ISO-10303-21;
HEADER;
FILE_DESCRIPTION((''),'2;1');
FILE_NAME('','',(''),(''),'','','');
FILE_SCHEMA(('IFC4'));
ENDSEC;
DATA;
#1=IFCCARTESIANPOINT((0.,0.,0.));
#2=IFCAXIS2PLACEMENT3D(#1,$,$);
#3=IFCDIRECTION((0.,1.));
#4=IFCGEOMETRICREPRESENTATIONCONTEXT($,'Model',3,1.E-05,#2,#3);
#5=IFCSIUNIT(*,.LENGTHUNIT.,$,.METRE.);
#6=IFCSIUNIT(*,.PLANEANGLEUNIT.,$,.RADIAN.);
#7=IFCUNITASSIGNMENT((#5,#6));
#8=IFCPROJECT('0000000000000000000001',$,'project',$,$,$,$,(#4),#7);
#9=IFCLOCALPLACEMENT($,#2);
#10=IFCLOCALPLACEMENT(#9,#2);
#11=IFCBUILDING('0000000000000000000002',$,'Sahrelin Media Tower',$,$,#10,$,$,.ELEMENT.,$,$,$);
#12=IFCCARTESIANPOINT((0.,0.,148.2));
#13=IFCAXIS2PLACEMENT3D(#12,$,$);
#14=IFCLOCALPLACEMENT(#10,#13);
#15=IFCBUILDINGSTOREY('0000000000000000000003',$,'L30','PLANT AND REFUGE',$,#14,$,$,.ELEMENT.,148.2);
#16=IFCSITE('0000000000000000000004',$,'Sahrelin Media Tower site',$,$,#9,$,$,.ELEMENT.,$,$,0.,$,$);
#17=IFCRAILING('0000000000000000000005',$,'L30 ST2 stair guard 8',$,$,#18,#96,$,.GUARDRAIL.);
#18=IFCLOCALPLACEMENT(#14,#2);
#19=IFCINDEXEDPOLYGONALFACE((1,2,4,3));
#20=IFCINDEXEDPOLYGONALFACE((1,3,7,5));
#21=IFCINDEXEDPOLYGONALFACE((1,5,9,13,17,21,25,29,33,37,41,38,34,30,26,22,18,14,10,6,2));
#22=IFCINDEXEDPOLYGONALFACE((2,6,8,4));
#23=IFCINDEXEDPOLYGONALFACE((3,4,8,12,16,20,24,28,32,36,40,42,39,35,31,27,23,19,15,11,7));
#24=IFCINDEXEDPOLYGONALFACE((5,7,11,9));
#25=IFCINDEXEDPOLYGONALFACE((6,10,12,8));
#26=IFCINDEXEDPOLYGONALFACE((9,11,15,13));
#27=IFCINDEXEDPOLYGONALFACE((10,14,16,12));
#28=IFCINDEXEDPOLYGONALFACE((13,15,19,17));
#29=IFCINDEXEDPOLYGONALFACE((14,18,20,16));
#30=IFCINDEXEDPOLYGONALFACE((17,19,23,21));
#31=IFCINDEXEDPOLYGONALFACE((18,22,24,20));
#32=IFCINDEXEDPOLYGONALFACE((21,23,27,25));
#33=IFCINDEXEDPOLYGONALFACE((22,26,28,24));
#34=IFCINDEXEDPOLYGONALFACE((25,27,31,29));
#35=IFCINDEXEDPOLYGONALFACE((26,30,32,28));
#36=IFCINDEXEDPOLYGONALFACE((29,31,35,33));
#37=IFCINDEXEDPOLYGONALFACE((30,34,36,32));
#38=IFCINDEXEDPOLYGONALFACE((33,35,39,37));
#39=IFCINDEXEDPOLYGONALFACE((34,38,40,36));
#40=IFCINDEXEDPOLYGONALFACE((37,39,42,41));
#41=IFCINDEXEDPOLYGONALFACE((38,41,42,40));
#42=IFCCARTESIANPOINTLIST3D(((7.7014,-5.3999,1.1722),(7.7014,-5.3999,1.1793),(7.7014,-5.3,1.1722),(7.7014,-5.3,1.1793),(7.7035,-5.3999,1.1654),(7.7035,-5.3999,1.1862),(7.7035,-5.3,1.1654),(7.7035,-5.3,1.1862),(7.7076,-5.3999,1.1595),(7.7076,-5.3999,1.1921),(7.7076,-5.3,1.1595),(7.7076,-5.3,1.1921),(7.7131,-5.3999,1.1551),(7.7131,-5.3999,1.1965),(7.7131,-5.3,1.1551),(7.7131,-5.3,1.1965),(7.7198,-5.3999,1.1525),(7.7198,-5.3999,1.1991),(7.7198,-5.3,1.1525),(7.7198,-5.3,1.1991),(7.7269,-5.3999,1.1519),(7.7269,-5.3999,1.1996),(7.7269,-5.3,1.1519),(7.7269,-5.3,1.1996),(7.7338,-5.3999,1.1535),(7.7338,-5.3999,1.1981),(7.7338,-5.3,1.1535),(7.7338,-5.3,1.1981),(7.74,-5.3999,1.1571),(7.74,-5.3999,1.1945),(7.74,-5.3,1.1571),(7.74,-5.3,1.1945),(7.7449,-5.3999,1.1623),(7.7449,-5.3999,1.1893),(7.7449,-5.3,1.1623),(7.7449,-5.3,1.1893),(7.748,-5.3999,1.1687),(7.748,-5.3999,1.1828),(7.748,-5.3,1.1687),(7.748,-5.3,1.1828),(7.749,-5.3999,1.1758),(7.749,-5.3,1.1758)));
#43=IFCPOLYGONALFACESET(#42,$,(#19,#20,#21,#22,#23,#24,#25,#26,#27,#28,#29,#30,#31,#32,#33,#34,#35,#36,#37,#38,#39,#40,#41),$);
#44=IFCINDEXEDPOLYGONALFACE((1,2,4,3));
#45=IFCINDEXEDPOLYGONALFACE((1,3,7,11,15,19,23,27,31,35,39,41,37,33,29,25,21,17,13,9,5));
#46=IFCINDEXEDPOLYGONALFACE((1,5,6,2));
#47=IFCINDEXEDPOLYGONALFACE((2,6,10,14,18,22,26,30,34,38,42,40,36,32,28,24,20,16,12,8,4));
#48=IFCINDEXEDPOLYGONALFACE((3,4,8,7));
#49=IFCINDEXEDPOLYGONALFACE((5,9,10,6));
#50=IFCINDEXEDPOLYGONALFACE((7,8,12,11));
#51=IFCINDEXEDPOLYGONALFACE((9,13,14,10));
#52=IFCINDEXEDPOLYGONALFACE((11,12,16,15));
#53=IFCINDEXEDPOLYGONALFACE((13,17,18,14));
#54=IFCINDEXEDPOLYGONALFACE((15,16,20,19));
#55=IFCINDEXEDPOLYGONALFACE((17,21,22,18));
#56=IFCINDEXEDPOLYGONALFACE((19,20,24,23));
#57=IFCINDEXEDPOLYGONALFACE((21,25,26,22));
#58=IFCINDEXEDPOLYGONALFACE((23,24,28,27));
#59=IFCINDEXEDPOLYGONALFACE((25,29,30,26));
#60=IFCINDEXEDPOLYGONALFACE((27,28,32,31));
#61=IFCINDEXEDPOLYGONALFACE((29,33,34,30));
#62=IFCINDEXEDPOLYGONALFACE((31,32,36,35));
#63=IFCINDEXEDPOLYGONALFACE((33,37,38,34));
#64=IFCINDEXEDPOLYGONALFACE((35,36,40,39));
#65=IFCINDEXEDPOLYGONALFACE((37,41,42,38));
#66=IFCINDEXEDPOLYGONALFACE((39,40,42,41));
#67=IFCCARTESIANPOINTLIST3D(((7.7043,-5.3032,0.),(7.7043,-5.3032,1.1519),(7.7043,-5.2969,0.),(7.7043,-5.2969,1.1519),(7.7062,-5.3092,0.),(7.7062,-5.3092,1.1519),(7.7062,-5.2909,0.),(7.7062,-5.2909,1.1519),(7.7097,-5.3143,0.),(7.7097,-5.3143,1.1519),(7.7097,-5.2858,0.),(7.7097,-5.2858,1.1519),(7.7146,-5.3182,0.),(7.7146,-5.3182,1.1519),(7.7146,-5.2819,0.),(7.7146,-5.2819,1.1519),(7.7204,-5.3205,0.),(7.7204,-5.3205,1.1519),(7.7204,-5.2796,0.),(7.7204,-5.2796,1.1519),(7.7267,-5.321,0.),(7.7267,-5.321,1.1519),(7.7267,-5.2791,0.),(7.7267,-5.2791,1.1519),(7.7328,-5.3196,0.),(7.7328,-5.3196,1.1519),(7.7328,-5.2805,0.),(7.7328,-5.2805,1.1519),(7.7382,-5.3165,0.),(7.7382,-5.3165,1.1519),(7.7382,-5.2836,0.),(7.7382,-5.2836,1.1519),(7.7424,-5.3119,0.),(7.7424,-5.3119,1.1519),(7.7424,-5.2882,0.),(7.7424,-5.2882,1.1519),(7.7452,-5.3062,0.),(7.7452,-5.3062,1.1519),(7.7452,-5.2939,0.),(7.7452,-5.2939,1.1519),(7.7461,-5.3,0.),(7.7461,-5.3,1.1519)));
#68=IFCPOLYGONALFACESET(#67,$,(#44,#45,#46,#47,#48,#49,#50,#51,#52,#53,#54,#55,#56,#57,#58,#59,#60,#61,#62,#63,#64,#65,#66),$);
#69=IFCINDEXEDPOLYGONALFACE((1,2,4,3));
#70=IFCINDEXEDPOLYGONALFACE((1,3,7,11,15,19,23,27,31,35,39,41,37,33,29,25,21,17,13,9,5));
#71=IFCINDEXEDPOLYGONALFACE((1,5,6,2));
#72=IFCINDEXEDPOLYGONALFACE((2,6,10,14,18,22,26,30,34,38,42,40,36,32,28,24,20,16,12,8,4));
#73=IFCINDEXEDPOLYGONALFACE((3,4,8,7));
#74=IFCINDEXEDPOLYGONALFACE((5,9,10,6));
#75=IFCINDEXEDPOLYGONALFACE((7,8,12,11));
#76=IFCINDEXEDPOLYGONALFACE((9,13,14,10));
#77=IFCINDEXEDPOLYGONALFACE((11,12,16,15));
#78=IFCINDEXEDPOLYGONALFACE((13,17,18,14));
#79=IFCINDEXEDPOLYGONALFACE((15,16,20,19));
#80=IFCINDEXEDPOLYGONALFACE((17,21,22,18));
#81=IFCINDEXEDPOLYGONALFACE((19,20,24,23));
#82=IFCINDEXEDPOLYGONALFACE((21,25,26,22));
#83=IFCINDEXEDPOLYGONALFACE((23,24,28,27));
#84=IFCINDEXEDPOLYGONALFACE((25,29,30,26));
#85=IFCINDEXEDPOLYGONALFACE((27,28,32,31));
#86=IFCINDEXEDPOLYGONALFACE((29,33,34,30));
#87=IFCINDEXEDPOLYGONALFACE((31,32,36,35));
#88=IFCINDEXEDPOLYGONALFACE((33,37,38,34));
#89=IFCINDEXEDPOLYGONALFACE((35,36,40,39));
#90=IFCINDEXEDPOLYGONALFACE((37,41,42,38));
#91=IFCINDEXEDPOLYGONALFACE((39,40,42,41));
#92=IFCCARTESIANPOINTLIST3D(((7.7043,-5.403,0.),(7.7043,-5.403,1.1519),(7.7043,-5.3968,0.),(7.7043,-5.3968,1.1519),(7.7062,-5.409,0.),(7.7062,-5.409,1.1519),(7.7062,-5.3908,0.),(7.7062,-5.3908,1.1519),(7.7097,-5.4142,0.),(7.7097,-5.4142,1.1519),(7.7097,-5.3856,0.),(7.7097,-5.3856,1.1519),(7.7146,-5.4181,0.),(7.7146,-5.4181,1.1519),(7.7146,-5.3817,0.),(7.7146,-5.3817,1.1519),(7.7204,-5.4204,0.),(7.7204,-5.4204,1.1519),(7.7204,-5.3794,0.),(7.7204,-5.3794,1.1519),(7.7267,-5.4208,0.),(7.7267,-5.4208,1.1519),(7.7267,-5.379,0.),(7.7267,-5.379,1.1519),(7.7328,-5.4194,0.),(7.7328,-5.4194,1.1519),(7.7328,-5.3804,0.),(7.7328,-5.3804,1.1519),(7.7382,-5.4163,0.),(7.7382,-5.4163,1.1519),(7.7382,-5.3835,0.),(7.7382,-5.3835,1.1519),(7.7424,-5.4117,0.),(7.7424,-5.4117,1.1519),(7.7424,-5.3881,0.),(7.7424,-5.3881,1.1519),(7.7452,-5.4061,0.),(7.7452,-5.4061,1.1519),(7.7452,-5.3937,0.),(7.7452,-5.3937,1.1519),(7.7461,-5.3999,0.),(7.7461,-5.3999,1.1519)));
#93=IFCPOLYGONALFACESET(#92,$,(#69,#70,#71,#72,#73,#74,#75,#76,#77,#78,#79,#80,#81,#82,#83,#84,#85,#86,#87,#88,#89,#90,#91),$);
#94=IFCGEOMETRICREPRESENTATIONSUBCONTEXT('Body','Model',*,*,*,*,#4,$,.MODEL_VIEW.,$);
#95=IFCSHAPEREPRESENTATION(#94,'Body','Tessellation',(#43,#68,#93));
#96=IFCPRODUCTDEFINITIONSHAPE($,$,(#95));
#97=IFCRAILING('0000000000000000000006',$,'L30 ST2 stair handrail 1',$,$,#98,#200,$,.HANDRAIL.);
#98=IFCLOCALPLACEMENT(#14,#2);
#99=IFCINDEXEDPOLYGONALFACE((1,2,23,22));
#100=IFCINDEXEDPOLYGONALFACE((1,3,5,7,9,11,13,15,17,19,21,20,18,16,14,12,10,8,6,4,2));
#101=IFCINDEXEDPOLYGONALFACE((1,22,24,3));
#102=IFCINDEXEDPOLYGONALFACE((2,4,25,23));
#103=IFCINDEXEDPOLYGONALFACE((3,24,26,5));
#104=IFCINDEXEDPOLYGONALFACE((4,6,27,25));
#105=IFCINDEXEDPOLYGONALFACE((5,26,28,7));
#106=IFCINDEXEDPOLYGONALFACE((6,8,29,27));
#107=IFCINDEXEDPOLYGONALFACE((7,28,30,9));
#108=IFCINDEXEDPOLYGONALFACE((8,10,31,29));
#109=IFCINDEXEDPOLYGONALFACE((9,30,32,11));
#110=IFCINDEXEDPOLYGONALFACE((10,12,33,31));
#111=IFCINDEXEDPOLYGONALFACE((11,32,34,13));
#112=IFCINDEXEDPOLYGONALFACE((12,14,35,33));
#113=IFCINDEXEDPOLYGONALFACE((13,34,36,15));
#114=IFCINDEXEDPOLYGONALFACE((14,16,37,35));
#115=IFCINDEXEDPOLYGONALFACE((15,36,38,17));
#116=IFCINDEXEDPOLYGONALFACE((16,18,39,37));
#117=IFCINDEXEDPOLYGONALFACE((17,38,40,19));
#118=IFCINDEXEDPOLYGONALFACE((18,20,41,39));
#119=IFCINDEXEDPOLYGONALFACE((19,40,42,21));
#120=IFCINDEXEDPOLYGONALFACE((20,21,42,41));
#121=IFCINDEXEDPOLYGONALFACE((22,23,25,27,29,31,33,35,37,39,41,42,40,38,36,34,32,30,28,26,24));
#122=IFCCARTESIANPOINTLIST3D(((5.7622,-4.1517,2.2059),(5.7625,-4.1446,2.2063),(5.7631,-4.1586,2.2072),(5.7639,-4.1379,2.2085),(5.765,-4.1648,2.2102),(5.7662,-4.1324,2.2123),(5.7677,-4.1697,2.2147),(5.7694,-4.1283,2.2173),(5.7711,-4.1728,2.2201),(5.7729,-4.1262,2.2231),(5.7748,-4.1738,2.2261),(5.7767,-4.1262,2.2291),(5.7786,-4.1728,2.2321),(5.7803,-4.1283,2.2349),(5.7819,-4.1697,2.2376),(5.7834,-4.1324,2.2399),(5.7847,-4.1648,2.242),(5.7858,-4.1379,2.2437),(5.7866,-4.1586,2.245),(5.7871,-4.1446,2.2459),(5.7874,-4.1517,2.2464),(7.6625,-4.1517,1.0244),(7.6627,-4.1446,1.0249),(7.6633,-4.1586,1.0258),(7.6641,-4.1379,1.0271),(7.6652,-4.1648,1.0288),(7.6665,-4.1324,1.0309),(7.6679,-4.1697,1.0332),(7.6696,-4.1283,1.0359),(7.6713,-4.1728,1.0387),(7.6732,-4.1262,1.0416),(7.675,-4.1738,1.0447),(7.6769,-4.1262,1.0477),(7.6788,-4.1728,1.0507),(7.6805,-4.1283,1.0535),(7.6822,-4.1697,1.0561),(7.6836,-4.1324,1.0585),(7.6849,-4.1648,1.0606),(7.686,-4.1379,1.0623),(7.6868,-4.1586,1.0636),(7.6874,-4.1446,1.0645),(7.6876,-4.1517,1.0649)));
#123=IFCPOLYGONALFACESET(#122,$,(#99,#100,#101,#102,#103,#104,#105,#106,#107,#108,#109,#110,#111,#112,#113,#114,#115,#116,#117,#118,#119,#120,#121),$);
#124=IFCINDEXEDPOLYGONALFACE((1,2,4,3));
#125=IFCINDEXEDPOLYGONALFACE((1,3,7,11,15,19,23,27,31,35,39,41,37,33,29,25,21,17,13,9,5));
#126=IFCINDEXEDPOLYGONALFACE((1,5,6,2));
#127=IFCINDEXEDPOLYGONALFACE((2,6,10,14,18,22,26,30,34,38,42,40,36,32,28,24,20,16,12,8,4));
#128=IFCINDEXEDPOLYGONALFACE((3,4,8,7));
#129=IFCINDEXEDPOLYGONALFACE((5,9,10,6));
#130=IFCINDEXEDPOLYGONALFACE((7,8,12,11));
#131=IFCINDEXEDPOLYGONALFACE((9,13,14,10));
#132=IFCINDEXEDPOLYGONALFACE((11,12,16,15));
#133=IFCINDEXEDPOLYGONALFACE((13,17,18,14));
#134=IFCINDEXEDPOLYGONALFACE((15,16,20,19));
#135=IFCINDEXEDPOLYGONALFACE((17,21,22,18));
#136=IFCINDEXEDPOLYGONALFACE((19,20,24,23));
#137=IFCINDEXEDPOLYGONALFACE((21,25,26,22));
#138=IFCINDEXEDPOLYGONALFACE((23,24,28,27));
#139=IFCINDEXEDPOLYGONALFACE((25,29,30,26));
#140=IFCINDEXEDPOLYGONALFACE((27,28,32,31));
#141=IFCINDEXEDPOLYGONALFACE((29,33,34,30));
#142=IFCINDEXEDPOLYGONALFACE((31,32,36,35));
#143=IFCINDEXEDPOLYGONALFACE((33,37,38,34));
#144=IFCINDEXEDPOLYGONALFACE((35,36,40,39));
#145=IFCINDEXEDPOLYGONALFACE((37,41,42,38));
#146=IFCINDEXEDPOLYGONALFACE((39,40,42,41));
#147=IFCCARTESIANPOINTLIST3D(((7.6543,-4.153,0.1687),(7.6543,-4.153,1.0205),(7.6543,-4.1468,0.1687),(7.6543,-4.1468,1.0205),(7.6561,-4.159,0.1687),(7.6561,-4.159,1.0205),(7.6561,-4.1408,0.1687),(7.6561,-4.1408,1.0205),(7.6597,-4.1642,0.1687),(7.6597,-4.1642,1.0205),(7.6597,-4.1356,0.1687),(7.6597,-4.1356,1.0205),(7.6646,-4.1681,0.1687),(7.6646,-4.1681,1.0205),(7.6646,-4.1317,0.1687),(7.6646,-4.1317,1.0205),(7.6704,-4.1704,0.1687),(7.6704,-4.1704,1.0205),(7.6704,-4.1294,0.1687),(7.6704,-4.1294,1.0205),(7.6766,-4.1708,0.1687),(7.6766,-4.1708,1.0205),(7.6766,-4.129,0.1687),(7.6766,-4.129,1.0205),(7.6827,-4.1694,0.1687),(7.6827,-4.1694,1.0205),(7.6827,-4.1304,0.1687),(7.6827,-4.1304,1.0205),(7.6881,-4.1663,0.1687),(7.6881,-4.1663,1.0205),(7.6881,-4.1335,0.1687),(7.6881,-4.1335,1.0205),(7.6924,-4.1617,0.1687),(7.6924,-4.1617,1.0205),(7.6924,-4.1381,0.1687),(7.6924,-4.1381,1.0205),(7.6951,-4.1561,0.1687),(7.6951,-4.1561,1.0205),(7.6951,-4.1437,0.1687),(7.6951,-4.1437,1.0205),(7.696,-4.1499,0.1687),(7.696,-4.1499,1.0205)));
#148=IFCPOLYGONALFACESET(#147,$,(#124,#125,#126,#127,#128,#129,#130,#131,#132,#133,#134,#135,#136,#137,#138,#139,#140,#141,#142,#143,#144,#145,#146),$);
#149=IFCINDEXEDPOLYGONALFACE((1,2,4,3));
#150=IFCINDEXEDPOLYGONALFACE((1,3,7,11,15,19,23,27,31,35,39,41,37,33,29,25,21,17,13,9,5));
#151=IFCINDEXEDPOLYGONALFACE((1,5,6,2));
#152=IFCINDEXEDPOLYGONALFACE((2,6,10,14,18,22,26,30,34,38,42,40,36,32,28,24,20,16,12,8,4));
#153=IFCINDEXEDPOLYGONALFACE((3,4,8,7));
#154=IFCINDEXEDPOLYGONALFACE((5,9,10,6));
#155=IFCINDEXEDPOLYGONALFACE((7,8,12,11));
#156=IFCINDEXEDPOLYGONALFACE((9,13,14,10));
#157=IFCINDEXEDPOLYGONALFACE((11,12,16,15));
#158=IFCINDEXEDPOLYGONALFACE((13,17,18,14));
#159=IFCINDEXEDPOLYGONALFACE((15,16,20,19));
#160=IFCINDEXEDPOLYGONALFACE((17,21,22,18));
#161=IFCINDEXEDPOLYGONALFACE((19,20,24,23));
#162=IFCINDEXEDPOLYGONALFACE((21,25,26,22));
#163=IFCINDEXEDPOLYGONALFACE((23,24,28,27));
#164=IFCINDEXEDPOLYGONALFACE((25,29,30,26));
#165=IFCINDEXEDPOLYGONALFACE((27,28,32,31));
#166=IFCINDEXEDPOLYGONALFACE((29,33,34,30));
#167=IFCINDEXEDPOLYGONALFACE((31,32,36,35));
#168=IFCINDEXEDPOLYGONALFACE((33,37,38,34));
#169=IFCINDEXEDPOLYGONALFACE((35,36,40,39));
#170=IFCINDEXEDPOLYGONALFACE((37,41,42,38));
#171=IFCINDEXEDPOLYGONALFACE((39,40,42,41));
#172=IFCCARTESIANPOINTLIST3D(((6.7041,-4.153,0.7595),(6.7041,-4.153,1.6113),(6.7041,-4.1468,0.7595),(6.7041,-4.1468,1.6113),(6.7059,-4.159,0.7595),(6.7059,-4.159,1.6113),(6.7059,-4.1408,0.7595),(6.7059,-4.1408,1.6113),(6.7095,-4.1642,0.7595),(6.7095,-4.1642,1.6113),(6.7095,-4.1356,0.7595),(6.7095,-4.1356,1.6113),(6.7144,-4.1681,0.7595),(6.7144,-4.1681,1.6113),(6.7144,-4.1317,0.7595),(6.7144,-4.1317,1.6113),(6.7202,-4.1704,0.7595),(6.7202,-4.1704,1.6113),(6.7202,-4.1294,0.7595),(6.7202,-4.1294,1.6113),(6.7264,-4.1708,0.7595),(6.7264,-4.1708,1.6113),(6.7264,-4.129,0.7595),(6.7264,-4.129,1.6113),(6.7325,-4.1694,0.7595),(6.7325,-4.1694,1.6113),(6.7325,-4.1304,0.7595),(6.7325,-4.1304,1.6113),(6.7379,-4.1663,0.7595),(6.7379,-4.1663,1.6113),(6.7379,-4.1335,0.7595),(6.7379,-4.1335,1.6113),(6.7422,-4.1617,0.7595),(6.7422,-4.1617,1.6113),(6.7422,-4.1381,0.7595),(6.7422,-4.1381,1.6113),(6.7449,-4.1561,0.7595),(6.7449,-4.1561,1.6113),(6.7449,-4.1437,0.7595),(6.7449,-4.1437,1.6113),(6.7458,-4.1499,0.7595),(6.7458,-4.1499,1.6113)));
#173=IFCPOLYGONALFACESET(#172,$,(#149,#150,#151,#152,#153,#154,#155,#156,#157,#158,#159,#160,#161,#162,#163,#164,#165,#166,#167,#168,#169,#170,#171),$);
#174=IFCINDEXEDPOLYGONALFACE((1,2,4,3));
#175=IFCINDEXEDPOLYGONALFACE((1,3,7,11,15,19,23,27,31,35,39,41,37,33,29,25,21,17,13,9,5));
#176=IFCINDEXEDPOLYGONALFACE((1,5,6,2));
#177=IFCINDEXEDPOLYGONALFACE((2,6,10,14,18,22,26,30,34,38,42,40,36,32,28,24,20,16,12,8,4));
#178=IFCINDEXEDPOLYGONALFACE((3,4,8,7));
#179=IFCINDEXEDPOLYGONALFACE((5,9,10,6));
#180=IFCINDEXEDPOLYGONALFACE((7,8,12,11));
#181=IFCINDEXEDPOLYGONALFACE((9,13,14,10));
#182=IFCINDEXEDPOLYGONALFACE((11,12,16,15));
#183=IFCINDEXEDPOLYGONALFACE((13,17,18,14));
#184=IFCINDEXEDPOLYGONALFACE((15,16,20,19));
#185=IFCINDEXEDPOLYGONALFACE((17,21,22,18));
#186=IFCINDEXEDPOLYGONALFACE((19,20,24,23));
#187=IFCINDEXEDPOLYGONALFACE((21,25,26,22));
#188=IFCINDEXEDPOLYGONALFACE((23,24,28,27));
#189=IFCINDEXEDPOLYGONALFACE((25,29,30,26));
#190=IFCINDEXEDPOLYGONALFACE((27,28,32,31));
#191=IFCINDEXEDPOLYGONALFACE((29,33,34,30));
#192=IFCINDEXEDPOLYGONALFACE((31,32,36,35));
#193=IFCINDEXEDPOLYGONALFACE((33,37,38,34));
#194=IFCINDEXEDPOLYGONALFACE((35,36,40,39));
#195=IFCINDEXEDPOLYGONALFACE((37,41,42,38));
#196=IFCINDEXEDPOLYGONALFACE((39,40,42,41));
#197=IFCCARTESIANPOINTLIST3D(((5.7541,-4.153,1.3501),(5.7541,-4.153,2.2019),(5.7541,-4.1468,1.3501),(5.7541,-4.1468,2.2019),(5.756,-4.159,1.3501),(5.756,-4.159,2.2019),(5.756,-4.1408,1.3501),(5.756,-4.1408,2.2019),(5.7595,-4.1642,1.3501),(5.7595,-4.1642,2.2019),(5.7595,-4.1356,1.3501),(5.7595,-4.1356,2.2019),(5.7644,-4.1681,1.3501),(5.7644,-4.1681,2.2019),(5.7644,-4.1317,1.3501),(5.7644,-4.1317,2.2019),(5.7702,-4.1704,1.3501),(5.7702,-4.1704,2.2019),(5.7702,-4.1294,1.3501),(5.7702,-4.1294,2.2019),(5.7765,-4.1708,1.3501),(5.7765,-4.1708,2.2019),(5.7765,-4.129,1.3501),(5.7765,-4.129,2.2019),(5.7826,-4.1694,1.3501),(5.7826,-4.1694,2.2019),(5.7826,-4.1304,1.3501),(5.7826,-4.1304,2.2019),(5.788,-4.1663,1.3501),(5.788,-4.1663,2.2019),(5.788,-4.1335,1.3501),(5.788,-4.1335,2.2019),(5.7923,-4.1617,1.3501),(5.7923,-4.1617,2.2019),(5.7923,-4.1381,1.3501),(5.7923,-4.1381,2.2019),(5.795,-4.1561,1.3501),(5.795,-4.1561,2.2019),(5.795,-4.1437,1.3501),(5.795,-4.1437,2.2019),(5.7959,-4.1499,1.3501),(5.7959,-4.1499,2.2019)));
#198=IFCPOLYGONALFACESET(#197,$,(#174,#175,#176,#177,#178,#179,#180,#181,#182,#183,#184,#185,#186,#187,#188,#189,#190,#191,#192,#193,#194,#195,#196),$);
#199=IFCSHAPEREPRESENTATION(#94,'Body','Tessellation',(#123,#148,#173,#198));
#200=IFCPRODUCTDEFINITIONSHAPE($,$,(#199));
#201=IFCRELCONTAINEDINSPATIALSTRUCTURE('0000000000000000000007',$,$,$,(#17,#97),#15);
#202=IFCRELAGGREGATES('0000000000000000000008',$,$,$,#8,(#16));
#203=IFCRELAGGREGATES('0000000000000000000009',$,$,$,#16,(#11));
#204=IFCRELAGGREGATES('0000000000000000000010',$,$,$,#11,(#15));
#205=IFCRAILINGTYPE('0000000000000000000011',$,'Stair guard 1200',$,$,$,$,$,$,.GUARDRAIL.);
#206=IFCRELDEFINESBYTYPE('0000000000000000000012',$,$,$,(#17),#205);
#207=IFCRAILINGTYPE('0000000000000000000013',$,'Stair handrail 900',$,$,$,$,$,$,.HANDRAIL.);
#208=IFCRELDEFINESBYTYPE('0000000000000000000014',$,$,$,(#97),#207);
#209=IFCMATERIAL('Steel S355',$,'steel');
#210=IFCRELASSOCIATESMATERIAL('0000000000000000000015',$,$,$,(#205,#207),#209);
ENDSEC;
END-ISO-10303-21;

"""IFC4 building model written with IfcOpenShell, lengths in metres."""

from ifc_helpers import new_model, si_unit, direction, frame, origin, origin_2d, place, context, subcontext, project, spatial, circle, extrude, material, type_object, element, save


model = new_model("IFC4")

# Units and contexts
model_context = context("Model", 3, precision=1e-05, world=origin(), true_north=direction((0.0, 1.0)))
body_context = subcontext(model_context, "Body", "Model", "MODEL_VIEW")
ifc_project = project(units=[si_unit("LENGTHUNIT", "METRE"), si_unit("PLANEANGLEUNIT", "RADIAN")], contexts=[model_context])

# Site, building, storey
site_placement = place(None, origin())
site = spatial("IfcSite", under=ifc_project, at=site_placement, Name="Sahrelin Media Tower site", CompositionType="ELEMENT", RefElevation=0.0)
building_placement = place(site_placement, origin())
building = spatial("IfcBuilding", under=site, at=building_placement, Name="Sahrelin Media Tower", CompositionType="ELEMENT")
storey_placement = place(building_placement, frame((0.0, 0.0, 148.2)))
storey = spatial("IfcBuildingStorey", under=building, at=storey_placement, Name="L30", Description="PLANT AND REFUGE", CompositionType="ELEMENT", Elevation=148.2)

# Shared definitions
ifc_material_1 = material(Name="Steel S355", Category="steel")

# Railings
railing_type_1 = type_object("IfcRailingType", Name="Stair guard 1200", PredefinedType="GUARDRAIL", material=ifc_material_1)
railing_1_placement = place(storey_placement, frame((7.7251, -5.3, 0.0)))
element("IfcRailing", 1, at=railing_1_placement, inside=storey, type_object=railing_type_1, Name="L30 ST2 stair guard 8", PredefinedType="GUARDRAIL", context=body_context, shape_type="SweptSolid", body=[
    extrude(circle(Radius=0.0239, at=origin_2d()), frame((0.0, 0.0, 1.1758), z_axis=(0.0, -1.0, 0.0), x_axis=(1.0, 0.0, 0.0)), (0.0, 0.0, 1.0), 0.0999),
    extrude(circle(Radius=0.021, at=origin_2d()), origin(), (0.0, 0.0, 1.0), 1.1519),
    extrude(circle(Radius=0.021, at=origin_2d()), frame((0.0, -0.0999, 0.0)), (0.0, 0.0, 1.0), 1.1519),
])
railing_type_2 = type_object("IfcRailingType", Name="Stair handrail 900", PredefinedType="HANDRAIL", material=ifc_material_1)
railing_2_placement = place(storey_placement, frame((7.675, -4.1499, 0.1687)))
element("IfcRailing", 2, at=railing_2_placement, inside=storey, type_object=railing_type_2, Name="L30 ST2 stair handrail 1", PredefinedType="HANDRAIL", context=body_context, shape_type="SweptSolid", body=[
    extrude(circle(Radius=0.0239, at=origin_2d()), frame((0.0, 0.0, 0.876), z_axis=(-0.84924, 0.0, 0.528006), x_axis=(0.0, -1.0, 0.0)), (0.0, 0.0, 1.0), 2.2375),
    extrude(circle(Radius=0.021, at=origin_2d()), origin(), (0.0, 0.0, 1.0), 0.8518),
    extrude(circle(Radius=0.021, at=origin_2d()), frame((-0.9502, 0.0, 0.5908)), (0.0, 0.0, 1.0), 0.8518),
    extrude(circle(Radius=0.021, at=origin_2d()), frame((-1.9001, 0.0, 1.1814)), (0.0, 0.0, 1.0), 0.8518),
])

save(model, "model.ifc")
